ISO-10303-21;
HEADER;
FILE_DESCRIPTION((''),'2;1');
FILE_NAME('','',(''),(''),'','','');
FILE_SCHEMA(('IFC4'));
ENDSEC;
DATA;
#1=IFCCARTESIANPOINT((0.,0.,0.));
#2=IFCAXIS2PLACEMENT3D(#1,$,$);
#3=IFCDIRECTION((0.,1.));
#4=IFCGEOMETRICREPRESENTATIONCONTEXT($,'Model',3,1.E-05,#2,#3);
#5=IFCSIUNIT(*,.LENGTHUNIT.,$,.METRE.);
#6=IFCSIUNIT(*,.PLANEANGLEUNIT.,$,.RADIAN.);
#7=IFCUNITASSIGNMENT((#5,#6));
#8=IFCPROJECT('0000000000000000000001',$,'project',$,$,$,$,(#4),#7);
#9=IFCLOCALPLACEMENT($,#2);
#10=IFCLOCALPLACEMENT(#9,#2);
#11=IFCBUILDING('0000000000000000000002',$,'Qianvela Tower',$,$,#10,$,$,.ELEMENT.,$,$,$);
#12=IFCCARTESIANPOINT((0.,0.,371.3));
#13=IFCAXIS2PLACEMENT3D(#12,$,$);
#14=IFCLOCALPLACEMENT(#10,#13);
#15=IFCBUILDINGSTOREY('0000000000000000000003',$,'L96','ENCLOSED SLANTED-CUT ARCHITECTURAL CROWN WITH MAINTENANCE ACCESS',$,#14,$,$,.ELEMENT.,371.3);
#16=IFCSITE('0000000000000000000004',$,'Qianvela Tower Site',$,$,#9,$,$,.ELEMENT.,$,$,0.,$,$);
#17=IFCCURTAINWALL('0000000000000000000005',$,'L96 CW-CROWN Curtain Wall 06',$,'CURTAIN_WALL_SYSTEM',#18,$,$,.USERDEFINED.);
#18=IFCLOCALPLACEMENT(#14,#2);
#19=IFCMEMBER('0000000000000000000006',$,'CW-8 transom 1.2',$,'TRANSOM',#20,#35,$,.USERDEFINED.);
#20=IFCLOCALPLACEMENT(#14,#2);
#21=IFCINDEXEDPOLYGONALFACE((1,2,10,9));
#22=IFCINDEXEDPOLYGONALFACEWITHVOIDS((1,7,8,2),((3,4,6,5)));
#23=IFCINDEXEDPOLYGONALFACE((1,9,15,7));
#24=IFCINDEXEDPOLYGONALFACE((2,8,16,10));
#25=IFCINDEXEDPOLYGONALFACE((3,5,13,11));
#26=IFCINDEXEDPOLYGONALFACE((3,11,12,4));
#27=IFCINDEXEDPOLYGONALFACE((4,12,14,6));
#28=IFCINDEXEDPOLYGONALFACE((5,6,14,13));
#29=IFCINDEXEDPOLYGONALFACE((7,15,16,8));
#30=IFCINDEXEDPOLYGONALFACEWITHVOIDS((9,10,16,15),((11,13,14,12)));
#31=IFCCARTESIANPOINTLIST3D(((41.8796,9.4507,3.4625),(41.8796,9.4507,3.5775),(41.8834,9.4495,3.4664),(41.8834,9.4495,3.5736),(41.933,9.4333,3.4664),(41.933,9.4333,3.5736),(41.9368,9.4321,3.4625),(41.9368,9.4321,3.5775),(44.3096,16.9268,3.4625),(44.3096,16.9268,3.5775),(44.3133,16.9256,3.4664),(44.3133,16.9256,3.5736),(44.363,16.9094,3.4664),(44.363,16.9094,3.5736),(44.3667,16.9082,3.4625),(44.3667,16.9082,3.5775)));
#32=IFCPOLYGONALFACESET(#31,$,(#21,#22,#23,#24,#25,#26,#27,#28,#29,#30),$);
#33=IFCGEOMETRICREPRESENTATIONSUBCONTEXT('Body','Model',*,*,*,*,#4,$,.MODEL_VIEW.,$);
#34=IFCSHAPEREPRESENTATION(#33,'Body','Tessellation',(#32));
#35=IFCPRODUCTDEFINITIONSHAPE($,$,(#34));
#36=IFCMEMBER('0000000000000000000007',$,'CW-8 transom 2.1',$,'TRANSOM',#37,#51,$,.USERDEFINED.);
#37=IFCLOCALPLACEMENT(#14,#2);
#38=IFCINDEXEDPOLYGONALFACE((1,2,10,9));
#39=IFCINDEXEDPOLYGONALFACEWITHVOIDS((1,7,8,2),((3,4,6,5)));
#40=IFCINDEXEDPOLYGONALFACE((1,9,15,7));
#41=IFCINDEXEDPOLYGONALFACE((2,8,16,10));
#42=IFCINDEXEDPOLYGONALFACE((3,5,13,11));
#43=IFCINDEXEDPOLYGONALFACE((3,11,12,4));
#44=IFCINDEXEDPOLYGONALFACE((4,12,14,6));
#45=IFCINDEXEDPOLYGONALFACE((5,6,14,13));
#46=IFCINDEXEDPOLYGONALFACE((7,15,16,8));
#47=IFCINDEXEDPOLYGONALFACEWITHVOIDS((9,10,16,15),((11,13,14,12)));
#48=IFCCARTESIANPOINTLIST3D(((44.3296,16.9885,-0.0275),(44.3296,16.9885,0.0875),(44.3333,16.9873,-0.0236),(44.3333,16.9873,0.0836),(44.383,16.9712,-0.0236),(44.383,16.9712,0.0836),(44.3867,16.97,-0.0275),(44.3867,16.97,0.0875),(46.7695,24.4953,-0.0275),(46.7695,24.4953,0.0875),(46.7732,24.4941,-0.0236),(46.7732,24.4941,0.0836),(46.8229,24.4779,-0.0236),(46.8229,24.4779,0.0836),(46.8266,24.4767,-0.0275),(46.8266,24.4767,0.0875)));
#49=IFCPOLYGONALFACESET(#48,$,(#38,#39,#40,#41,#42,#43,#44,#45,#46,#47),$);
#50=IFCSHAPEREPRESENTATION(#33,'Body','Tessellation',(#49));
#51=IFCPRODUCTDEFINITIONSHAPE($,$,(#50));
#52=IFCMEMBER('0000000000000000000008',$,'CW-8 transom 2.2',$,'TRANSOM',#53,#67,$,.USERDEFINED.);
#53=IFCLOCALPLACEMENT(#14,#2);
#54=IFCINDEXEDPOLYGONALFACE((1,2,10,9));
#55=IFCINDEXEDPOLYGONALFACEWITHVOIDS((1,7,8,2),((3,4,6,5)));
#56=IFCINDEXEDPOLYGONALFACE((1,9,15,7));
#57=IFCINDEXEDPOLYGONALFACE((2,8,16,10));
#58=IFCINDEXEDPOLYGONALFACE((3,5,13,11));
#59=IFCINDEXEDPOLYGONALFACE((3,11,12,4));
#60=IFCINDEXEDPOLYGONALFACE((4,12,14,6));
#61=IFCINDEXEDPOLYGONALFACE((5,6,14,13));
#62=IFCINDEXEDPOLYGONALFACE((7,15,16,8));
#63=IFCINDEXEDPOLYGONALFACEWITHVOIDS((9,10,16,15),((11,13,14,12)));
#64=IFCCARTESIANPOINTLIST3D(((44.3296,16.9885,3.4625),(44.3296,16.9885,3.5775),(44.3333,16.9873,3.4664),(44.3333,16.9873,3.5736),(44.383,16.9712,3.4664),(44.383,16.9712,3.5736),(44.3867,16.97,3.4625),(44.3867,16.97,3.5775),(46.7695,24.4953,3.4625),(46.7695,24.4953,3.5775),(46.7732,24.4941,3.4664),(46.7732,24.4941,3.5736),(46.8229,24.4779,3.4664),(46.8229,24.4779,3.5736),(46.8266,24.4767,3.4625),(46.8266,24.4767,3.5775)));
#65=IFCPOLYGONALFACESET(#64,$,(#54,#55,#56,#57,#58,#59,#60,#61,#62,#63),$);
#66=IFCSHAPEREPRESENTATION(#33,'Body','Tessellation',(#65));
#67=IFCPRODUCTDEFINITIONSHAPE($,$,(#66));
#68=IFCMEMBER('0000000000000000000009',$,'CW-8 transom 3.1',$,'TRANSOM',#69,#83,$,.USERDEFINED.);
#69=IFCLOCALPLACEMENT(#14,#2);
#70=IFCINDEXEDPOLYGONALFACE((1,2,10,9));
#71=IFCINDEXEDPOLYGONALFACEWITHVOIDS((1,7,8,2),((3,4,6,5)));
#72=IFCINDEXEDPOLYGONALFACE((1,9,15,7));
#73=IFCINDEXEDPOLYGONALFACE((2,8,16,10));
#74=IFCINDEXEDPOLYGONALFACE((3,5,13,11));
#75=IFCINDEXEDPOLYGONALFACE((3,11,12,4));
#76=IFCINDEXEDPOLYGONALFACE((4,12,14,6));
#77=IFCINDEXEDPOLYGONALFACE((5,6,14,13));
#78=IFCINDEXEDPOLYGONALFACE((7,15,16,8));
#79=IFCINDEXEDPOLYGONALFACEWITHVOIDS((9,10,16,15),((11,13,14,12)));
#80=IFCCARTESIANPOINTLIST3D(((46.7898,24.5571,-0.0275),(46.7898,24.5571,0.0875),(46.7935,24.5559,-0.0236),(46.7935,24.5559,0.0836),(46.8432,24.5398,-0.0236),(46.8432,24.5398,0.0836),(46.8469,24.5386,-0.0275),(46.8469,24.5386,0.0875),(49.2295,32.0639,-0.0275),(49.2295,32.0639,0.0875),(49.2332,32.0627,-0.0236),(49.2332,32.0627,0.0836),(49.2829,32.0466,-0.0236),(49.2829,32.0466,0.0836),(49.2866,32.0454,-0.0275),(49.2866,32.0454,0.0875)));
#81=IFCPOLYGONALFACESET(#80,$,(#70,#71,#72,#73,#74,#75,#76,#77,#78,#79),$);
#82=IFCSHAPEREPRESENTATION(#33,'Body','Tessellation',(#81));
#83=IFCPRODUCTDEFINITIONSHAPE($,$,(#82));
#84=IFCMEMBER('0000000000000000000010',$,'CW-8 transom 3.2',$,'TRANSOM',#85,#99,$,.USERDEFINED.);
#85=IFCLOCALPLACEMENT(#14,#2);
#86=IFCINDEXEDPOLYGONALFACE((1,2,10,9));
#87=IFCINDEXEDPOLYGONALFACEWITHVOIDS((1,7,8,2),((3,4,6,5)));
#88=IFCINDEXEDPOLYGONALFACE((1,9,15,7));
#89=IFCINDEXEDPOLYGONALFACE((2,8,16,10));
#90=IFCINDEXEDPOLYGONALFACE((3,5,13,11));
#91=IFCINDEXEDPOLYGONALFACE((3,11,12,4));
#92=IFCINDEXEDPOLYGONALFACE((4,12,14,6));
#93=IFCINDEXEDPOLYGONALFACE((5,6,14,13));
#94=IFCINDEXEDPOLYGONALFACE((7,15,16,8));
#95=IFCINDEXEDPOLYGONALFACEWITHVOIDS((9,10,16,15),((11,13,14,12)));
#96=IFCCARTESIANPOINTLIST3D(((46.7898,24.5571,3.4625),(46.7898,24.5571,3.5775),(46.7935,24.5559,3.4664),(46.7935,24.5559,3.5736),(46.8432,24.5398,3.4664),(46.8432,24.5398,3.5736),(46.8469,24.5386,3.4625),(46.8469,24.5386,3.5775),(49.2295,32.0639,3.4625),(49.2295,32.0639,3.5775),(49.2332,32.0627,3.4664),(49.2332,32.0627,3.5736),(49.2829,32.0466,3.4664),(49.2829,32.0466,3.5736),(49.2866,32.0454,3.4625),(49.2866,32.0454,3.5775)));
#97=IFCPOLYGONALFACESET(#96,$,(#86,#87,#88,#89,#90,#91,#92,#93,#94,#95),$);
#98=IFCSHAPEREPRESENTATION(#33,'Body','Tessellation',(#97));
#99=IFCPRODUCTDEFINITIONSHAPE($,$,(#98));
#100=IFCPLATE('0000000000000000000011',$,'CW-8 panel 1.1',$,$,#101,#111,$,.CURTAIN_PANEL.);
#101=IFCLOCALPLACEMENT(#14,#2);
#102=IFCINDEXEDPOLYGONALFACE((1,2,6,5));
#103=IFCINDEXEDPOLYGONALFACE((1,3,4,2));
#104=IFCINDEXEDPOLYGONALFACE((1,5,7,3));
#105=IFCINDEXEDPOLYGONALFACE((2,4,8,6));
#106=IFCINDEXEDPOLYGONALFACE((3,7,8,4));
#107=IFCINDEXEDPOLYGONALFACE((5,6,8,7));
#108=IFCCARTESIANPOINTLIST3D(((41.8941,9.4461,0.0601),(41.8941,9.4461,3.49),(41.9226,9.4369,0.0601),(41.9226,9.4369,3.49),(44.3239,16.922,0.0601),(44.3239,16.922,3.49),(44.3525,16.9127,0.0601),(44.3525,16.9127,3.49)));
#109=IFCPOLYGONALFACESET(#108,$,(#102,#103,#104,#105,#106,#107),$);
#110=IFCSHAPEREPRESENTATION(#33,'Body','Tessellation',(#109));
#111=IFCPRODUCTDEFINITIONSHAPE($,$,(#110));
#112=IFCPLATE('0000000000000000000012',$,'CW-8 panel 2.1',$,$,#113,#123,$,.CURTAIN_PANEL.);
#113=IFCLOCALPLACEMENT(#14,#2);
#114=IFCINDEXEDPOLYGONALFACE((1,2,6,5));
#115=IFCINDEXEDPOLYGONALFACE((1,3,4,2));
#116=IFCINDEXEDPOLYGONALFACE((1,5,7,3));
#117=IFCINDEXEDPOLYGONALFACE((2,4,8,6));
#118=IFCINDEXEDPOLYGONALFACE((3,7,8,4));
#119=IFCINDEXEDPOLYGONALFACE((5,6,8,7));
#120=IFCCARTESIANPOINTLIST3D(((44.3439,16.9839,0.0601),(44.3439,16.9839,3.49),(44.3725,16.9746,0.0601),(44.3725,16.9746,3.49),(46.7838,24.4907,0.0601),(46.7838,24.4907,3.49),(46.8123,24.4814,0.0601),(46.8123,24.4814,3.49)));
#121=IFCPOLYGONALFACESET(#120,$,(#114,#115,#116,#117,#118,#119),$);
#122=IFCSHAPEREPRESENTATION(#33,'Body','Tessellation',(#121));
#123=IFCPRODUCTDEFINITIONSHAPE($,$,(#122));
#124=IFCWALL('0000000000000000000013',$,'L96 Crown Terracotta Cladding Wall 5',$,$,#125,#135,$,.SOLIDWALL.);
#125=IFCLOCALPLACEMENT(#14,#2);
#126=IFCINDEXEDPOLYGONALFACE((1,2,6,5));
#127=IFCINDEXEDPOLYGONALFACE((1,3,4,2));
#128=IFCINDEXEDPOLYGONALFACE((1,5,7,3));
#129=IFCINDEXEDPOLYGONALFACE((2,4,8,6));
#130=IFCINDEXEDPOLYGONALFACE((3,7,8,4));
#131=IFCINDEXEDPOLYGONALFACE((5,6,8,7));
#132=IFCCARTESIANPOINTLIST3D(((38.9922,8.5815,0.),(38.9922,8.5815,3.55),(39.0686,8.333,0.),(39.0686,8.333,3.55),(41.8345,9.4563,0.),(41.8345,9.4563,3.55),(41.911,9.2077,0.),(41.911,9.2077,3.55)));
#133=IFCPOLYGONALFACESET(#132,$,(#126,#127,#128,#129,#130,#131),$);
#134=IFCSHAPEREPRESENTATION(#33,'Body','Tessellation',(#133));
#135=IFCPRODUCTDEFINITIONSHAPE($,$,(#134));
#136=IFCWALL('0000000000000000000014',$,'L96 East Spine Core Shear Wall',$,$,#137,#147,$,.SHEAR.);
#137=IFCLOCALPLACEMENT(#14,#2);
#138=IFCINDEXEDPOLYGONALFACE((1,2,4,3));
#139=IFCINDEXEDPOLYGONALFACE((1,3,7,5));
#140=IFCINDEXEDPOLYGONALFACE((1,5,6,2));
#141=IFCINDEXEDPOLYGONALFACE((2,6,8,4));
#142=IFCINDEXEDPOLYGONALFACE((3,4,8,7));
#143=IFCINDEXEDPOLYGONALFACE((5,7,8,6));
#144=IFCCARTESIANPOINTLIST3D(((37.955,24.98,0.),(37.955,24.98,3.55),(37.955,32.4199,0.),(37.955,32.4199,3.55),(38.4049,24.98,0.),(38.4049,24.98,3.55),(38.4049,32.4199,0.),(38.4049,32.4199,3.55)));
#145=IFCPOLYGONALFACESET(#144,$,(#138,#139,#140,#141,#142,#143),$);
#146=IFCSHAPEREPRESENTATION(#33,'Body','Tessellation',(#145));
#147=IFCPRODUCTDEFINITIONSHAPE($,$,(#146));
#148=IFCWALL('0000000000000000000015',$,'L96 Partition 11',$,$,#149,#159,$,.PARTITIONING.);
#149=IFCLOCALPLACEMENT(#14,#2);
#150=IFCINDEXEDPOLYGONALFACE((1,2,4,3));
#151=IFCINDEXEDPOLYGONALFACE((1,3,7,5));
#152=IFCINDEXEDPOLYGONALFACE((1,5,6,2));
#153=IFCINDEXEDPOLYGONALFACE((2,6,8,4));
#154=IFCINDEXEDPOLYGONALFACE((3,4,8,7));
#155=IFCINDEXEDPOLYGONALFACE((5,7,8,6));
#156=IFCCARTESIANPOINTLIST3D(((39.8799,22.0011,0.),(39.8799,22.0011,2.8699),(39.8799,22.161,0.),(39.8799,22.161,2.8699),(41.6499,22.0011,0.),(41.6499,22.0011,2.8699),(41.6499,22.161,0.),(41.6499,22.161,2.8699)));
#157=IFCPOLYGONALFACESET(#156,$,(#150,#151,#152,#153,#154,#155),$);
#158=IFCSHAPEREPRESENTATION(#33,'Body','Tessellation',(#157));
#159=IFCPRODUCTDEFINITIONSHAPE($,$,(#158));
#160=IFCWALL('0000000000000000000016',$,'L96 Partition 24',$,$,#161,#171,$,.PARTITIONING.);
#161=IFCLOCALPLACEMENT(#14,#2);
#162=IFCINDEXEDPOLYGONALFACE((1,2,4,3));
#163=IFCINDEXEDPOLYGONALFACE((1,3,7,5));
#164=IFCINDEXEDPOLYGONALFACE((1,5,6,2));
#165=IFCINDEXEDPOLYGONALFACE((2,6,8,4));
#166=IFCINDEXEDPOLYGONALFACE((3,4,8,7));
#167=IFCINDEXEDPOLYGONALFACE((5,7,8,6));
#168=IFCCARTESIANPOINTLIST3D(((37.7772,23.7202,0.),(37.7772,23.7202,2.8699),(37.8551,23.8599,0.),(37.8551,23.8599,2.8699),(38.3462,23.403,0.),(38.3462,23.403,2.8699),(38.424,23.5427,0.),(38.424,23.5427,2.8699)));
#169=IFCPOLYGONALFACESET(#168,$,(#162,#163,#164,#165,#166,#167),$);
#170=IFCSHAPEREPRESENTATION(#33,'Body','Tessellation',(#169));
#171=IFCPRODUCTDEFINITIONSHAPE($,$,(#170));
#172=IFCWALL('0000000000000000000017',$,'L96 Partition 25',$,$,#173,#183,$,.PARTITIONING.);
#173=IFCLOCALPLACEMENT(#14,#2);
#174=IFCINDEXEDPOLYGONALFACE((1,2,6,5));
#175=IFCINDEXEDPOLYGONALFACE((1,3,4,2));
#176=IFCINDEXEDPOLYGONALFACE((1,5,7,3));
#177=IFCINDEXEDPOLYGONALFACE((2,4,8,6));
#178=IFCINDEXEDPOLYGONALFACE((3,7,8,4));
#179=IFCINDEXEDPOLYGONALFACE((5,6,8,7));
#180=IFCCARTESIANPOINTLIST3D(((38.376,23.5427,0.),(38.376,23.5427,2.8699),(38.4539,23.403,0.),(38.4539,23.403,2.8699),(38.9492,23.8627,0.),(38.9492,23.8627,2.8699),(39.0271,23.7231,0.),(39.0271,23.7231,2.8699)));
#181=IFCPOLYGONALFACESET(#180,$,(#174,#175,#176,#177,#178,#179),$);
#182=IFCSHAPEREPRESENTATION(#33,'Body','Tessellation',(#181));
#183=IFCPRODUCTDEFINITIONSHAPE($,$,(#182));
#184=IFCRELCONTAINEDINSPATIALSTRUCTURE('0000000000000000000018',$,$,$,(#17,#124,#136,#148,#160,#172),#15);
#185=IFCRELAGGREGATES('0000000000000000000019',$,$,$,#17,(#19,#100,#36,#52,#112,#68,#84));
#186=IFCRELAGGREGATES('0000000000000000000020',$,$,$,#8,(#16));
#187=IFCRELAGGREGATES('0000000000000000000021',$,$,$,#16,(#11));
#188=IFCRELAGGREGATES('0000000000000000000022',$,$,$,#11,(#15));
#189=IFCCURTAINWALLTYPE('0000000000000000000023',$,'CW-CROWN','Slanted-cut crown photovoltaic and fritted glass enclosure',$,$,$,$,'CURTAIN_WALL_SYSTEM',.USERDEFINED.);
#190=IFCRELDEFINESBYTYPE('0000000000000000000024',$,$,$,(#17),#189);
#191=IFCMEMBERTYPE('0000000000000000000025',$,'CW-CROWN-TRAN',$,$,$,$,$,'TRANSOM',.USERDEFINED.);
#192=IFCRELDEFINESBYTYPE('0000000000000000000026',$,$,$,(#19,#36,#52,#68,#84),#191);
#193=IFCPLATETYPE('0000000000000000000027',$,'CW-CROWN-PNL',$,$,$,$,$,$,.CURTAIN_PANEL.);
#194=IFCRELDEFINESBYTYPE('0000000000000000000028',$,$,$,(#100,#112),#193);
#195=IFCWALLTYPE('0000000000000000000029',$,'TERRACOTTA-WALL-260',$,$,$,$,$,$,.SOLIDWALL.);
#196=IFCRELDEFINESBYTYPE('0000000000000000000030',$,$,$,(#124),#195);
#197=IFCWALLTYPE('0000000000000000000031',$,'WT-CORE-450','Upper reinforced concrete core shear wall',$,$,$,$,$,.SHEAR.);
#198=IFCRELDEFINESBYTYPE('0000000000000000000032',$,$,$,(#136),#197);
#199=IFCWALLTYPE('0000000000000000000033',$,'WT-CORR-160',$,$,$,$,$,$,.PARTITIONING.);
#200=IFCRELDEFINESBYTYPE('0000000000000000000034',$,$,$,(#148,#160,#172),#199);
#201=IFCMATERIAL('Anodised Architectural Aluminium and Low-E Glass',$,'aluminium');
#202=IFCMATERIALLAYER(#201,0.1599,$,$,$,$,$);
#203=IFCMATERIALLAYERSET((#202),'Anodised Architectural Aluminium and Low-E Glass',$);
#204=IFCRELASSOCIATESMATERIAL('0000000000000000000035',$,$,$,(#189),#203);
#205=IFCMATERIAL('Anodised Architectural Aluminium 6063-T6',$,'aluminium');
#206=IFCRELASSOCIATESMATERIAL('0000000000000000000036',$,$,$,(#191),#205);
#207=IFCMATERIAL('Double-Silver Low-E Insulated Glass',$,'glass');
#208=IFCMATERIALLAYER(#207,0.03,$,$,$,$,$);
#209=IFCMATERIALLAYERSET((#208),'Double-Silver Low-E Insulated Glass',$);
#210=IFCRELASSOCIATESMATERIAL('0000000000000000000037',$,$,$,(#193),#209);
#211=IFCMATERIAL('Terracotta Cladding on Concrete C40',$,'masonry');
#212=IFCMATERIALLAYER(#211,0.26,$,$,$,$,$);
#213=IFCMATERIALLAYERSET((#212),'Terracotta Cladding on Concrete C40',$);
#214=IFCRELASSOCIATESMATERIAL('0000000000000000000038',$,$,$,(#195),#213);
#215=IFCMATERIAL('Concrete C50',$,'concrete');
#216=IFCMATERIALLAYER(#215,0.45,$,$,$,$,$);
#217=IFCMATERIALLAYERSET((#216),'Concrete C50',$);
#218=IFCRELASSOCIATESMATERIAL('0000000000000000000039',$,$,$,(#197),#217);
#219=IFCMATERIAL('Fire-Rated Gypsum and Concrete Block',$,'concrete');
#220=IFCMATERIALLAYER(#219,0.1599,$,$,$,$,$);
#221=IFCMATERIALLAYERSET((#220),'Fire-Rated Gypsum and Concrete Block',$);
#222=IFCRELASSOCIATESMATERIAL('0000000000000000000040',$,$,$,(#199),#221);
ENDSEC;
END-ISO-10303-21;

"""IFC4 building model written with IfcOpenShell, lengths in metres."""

from ifc_helpers import new_model, si_unit, direction, frame, frame_2d, origin, origin_2d, place, context, subcontext, project, spatial, rectangle, hollow_rectangle, extrude, material, layer, layer_set, material_profile, profile_set, type_object, element, aggregate, save


model = new_model("IFC4")

# Units and contexts
model_context = context("Model", 3, precision=1e-05, world=origin(), true_north=direction((0.0, 1.0)))
body_context = subcontext(model_context, "Body", "Model", "MODEL_VIEW")
ifc_project = project(units=[si_unit("LENGTHUNIT", "METRE"), si_unit("PLANEANGLEUNIT", "RADIAN")], contexts=[model_context])

# Site, building, storey
site_placement = place(None, origin())
site = spatial("IfcSite", under=ifc_project, at=site_placement, Name="Qianvela Tower Site", CompositionType="ELEMENT", RefElevation=0.0)
building_placement = place(site_placement, origin())
building = spatial("IfcBuilding", under=site, at=building_placement, Name="Qianvela Tower", CompositionType="ELEMENT")
storey_placement = place(building_placement, frame((0.0, 0.0, 371.3)))
storey = spatial("IfcBuildingStorey", under=building, at=storey_placement, Name="L96", Description="ENCLOSED SLANTED-CUT ARCHITECTURAL CROWN WITH MAINTENANCE ACCESS", CompositionType="ELEMENT", Elevation=371.3)

# Shared definitions
ifc_material_1 = material(Name="Anodised Architectural Aluminium and Low-E Glass", Category="aluminium")
ifc_layer_1 = layer(ifc_material_1, 0.1599)
ifc_layer_set_1 = layer_set([ifc_layer_1], Name="Anodised Architectural Aluminium and Low-E Glass")
curtain_wall_type = type_object("IfcCurtainWallType", Name="CW-CROWN", Description="Slanted-cut crown photovoltaic and fritted glass enclosure", ElementType="CURTAIN_WALL_SYSTEM", PredefinedType="USERDEFINED", material=ifc_layer_set_1)

# Curtain wall, members, plates
curtain_wall_1_placement = place(storey_placement, origin())
curtain_wall_1 = element("IfcCurtainWall", 1, at=curtain_wall_1_placement, inside=storey, type_object=curtain_wall_type, Name="L96 CW-CROWN Curtain Wall 06", ObjectType="CURTAIN_WALL_SYSTEM", PredefinedType="USERDEFINED")
ifc_material_2 = material(Name="Anodised Architectural Aluminium 6063-T6", Category="aluminium")
ifc_material_profile_1 = material_profile(ifc_material_2, hollow_rectangle(XDim=0.0601, YDim=0.115, WallThickness=0.0039, at=origin_2d()), Name="ALU-TRAN-60x115")
ifc_profile_set_1 = profile_set([ifc_material_profile_1], Name="Anodised Architectural Aluminium 6063-T6")
member_type_1 = type_object("IfcMemberType", Name="CW-CROWN-TRAN", ElementType="TRANSOM", PredefinedType="USERDEFINED", material=ifc_profile_set_1)
member_1_placement = place(storey_placement, frame((41.9082, 9.4414, 3.52), z_axis=(0.30911, 0.951026, 0.0), x_axis=(-0.951026, 0.30911, 0.0)))
member_1 = element("IfcMember", 2, at=member_1_placement, type_object=member_type_1, Name="CW-8 transom 1.2", ObjectType="TRANSOM", PredefinedType="USERDEFINED", context=body_context, shape_type="SweptSolid", body=[
    extrude(hollow_rectangle(XDim=0.0601, YDim=0.115, WallThickness=0.0039, at=origin_2d()), origin(), (0.0, 0.0, 1.0), 7.8611),
])
member_2_placement = place(storey_placement, frame((44.3582, 16.9792, 0.03), z_axis=(0.309111, 0.951026, 0.0), x_axis=(-0.951026, 0.309111, 0.0)))
member_2 = element("IfcMember", 3, at=member_2_placement, type_object=member_type_1, Name="CW-8 transom 2.1", ObjectType="TRANSOM", PredefinedType="USERDEFINED", context=body_context, shape_type="SweptSolid", body=[
    extrude(hollow_rectangle(XDim=0.0601, YDim=0.115, WallThickness=0.0039, at=origin_2d()), origin(), (0.0, 0.0, 1.0), 7.8933),
])
member_3_placement = place(storey_placement, frame((44.3582, 16.9792, 3.52), z_axis=(0.309111, 0.951026, 0.0), x_axis=(-0.951026, 0.309111, 0.0)))
member_3 = element("IfcMember", 4, at=member_3_placement, type_object=member_type_1, Name="CW-8 transom 2.2", ObjectType="TRANSOM", PredefinedType="USERDEFINED", context=body_context, shape_type="SweptSolid", body=[
    extrude(hollow_rectangle(XDim=0.0601, YDim=0.115, WallThickness=0.0039, at=origin_2d()), origin(), (0.0, 0.0, 1.0), 7.8933),
])
member_4_placement = place(storey_placement, frame((46.8184, 24.5479, 0.03), z_axis=(0.309083, 0.951035, 0.0), x_axis=(-0.951035, 0.309083, 0.0)))
member_4 = element("IfcMember", 5, at=member_4_placement, type_object=member_type_1, Name="CW-8 transom 3.1", ObjectType="TRANSOM", PredefinedType="USERDEFINED", context=body_context, shape_type="SweptSolid", body=[
    extrude(hollow_rectangle(XDim=0.0601, YDim=0.115, WallThickness=0.0039, at=origin_2d()), origin(), (0.0, 0.0, 1.0), 7.8933),
])
member_5_placement = place(storey_placement, frame((46.8184, 24.5479, 3.52), z_axis=(0.309083, 0.951035, 0.0), x_axis=(-0.951035, 0.309083, 0.0)))
member_5 = element("IfcMember", 6, at=member_5_placement, type_object=member_type_1, Name="CW-8 transom 3.2", ObjectType="TRANSOM", PredefinedType="USERDEFINED", context=body_context, shape_type="SweptSolid", body=[
    extrude(hollow_rectangle(XDim=0.0601, YDim=0.115, WallThickness=0.0039, at=origin_2d()), origin(), (0.0, 0.0, 1.0), 7.8933),
])
ifc_material_3 = material(Name="Double-Silver Low-E Insulated Glass", Category="glass")
ifc_layer_2 = layer(ifc_material_3, 0.03)
ifc_layer_set_2 = layer_set([ifc_layer_2], Name="Double-Silver Low-E Insulated Glass")
plate_type = type_object("IfcPlateType", Name="CW-CROWN-PNL", PredefinedType="CURTAIN_PANEL", material=ifc_layer_set_2)
plate_1_placement = place(storey_placement, frame((43.1233, 13.1794, 0.0601), z_axis=(0.0, 0.0, 1.0), x_axis=(0.309108, 0.951027, 0.0)))
plate_1 = element("IfcPlate", 7, at=plate_1_placement, type_object=plate_type, Name="CW-8 panel 1.1", PredefinedType="CURTAIN_PANEL", context=body_context, shape_type="SweptSolid", body=[
    extrude(rectangle(XDim=7.8608, YDim=0.03, at=origin_2d()), origin(), (0.0, 0.0, 1.0), 3.4299),
])
plate_2_placement = place(storey_placement, frame((45.5781, 20.7327, 0.0601), z_axis=(0.0, 0.0, 1.0), x_axis=(0.309108, 0.951027, 0.0)))
plate_2 = element("IfcPlate", 8, at=plate_2_placement, type_object=plate_type, Name="CW-8 panel 2.1", PredefinedType="CURTAIN_PANEL", context=body_context, shape_type="SweptSolid", body=[
    extrude(rectangle(XDim=7.8933, YDim=0.03, at=origin_2d()), origin(), (0.0, 0.0, 1.0), 3.4299),
])
aggregate(curtain_wall_1, [member_1, plate_1, member_2, member_3, plate_2, member_4, member_5])

# Walls
ifc_material_4 = material(Name="Terracotta Cladding on Concrete C40", Category="masonry")
ifc_layer_3 = layer(ifc_material_4, 0.26)
ifc_layer_set_3 = layer_set([ifc_layer_3], Name="Terracotta Cladding on Concrete C40")
wall_type_1 = type_object("IfcWallType", Name="TERRACOTTA-WALL-260", PredefinedType="SOLIDWALL", material=ifc_layer_set_3)
wall_1_placement = place(storey_placement, frame((39.0305, 8.4573, 0.0), z_axis=(0.0, 0.0, 1.0), x_axis=(0.955759, 0.294149, 0.0)))
element("IfcWall", 9, at=wall_1_placement, inside=storey, type_object=wall_type_1, Name="L96 Crown Terracotta Cladding Wall 5", PredefinedType="SOLIDWALL", context=body_context, shape_type="SweptSolid", body=[
    extrude(rectangle(XDim=2.9739, YDim=0.26, at=frame_2d((1.4868, 0.0))), origin(), (0.0, 0.0, 1.0), 3.55),
])
ifc_material_5 = material(Name="Concrete C50", Category="concrete")
ifc_layer_4 = layer(ifc_material_5, 0.45)
ifc_layer_set_4 = layer_set([ifc_layer_4], Name="Concrete C50")
wall_type_2 = type_object("IfcWallType", Name="WT-CORE-450", Description="Upper reinforced concrete core shear wall", PredefinedType="SHEAR", material=ifc_layer_set_4)
wall_2_placement = place(storey_placement, frame((38.1799, 24.98, 0.0), z_axis=(0.0, 0.0, 1.0), x_axis=(0.0, 1.0, 0.0)))
element("IfcWall", 10, at=wall_2_placement, inside=storey, type_object=wall_type_2, Name="L96 East Spine Core Shear Wall", PredefinedType="SHEAR", context=body_context, shape_type="SweptSolid", body=[
    extrude(rectangle(XDim=7.4399, YDim=0.45, at=frame_2d((3.72, 0.0))), origin(), (0.0, 0.0, 1.0), 3.55),
])

# Shared definitions
ifc_material_6 = material(Name="Fire-Rated Gypsum and Concrete Block", Category="concrete")
ifc_layer_5 = layer(ifc_material_6, 0.1599)
ifc_layer_set_5 = layer_set([ifc_layer_5], Name="Fire-Rated Gypsum and Concrete Block")
wall_type_3 = type_object("IfcWallType", Name="WT-CORR-160", PredefinedType="PARTITIONING", material=ifc_layer_set_5)

# Walls
wall_3_placement = place(storey_placement, frame((41.6499, 22.0811, 0.0), z_axis=(0.0, 0.0, 1.0), x_axis=(-1.0, 0.0, 0.0)))
element("IfcWall", 11, at=wall_3_placement, inside=storey, type_object=wall_type_3, Name="L96 Partition 11", PredefinedType="PARTITIONING", context=body_context, shape_type="SweptSolid", body=[
    extrude(rectangle(XDim=1.77, YDim=0.1599, at=frame_2d((0.885, 0.0))), origin(), (0.0, 0.0, 1.0), 2.8699),
])
wall_4_placement = place(storey_placement, frame((37.8162, 23.79, 0.0), z_axis=(0.0, 0.0, 1.0), x_axis=(0.873431, -0.486947, 0.0)))
element("IfcWall", 12, at=wall_4_placement, inside=storey, type_object=wall_type_3, Name="L96 Partition 24", PredefinedType="PARTITIONING", context=body_context, shape_type="SweptSolid", body=[
    extrude(rectangle(XDim=0.6514, YDim=0.1599, at=frame_2d((0.3257, 0.0))), origin(), (0.0, 0.0, 1.0), 2.8699),
])
wall_5_placement = place(storey_placement, frame((38.415, 23.4729, 0.0), z_axis=(0.0, 0.0, 1.0), x_axis=(0.87312, 0.487505, 0.0)))
element("IfcWall", 13, at=wall_5_placement, inside=storey, type_object=wall_type_3, Name="L96 Partition 25", PredefinedType="PARTITIONING", context=body_context, shape_type="SweptSolid", body=[
    extrude(rectangle(XDim=0.6565, YDim=0.1599, at=frame_2d((0.3281, 0.0))), origin(), (0.0, 0.0, 1.0), 2.8699),
])

save(model, "model.ifc")
